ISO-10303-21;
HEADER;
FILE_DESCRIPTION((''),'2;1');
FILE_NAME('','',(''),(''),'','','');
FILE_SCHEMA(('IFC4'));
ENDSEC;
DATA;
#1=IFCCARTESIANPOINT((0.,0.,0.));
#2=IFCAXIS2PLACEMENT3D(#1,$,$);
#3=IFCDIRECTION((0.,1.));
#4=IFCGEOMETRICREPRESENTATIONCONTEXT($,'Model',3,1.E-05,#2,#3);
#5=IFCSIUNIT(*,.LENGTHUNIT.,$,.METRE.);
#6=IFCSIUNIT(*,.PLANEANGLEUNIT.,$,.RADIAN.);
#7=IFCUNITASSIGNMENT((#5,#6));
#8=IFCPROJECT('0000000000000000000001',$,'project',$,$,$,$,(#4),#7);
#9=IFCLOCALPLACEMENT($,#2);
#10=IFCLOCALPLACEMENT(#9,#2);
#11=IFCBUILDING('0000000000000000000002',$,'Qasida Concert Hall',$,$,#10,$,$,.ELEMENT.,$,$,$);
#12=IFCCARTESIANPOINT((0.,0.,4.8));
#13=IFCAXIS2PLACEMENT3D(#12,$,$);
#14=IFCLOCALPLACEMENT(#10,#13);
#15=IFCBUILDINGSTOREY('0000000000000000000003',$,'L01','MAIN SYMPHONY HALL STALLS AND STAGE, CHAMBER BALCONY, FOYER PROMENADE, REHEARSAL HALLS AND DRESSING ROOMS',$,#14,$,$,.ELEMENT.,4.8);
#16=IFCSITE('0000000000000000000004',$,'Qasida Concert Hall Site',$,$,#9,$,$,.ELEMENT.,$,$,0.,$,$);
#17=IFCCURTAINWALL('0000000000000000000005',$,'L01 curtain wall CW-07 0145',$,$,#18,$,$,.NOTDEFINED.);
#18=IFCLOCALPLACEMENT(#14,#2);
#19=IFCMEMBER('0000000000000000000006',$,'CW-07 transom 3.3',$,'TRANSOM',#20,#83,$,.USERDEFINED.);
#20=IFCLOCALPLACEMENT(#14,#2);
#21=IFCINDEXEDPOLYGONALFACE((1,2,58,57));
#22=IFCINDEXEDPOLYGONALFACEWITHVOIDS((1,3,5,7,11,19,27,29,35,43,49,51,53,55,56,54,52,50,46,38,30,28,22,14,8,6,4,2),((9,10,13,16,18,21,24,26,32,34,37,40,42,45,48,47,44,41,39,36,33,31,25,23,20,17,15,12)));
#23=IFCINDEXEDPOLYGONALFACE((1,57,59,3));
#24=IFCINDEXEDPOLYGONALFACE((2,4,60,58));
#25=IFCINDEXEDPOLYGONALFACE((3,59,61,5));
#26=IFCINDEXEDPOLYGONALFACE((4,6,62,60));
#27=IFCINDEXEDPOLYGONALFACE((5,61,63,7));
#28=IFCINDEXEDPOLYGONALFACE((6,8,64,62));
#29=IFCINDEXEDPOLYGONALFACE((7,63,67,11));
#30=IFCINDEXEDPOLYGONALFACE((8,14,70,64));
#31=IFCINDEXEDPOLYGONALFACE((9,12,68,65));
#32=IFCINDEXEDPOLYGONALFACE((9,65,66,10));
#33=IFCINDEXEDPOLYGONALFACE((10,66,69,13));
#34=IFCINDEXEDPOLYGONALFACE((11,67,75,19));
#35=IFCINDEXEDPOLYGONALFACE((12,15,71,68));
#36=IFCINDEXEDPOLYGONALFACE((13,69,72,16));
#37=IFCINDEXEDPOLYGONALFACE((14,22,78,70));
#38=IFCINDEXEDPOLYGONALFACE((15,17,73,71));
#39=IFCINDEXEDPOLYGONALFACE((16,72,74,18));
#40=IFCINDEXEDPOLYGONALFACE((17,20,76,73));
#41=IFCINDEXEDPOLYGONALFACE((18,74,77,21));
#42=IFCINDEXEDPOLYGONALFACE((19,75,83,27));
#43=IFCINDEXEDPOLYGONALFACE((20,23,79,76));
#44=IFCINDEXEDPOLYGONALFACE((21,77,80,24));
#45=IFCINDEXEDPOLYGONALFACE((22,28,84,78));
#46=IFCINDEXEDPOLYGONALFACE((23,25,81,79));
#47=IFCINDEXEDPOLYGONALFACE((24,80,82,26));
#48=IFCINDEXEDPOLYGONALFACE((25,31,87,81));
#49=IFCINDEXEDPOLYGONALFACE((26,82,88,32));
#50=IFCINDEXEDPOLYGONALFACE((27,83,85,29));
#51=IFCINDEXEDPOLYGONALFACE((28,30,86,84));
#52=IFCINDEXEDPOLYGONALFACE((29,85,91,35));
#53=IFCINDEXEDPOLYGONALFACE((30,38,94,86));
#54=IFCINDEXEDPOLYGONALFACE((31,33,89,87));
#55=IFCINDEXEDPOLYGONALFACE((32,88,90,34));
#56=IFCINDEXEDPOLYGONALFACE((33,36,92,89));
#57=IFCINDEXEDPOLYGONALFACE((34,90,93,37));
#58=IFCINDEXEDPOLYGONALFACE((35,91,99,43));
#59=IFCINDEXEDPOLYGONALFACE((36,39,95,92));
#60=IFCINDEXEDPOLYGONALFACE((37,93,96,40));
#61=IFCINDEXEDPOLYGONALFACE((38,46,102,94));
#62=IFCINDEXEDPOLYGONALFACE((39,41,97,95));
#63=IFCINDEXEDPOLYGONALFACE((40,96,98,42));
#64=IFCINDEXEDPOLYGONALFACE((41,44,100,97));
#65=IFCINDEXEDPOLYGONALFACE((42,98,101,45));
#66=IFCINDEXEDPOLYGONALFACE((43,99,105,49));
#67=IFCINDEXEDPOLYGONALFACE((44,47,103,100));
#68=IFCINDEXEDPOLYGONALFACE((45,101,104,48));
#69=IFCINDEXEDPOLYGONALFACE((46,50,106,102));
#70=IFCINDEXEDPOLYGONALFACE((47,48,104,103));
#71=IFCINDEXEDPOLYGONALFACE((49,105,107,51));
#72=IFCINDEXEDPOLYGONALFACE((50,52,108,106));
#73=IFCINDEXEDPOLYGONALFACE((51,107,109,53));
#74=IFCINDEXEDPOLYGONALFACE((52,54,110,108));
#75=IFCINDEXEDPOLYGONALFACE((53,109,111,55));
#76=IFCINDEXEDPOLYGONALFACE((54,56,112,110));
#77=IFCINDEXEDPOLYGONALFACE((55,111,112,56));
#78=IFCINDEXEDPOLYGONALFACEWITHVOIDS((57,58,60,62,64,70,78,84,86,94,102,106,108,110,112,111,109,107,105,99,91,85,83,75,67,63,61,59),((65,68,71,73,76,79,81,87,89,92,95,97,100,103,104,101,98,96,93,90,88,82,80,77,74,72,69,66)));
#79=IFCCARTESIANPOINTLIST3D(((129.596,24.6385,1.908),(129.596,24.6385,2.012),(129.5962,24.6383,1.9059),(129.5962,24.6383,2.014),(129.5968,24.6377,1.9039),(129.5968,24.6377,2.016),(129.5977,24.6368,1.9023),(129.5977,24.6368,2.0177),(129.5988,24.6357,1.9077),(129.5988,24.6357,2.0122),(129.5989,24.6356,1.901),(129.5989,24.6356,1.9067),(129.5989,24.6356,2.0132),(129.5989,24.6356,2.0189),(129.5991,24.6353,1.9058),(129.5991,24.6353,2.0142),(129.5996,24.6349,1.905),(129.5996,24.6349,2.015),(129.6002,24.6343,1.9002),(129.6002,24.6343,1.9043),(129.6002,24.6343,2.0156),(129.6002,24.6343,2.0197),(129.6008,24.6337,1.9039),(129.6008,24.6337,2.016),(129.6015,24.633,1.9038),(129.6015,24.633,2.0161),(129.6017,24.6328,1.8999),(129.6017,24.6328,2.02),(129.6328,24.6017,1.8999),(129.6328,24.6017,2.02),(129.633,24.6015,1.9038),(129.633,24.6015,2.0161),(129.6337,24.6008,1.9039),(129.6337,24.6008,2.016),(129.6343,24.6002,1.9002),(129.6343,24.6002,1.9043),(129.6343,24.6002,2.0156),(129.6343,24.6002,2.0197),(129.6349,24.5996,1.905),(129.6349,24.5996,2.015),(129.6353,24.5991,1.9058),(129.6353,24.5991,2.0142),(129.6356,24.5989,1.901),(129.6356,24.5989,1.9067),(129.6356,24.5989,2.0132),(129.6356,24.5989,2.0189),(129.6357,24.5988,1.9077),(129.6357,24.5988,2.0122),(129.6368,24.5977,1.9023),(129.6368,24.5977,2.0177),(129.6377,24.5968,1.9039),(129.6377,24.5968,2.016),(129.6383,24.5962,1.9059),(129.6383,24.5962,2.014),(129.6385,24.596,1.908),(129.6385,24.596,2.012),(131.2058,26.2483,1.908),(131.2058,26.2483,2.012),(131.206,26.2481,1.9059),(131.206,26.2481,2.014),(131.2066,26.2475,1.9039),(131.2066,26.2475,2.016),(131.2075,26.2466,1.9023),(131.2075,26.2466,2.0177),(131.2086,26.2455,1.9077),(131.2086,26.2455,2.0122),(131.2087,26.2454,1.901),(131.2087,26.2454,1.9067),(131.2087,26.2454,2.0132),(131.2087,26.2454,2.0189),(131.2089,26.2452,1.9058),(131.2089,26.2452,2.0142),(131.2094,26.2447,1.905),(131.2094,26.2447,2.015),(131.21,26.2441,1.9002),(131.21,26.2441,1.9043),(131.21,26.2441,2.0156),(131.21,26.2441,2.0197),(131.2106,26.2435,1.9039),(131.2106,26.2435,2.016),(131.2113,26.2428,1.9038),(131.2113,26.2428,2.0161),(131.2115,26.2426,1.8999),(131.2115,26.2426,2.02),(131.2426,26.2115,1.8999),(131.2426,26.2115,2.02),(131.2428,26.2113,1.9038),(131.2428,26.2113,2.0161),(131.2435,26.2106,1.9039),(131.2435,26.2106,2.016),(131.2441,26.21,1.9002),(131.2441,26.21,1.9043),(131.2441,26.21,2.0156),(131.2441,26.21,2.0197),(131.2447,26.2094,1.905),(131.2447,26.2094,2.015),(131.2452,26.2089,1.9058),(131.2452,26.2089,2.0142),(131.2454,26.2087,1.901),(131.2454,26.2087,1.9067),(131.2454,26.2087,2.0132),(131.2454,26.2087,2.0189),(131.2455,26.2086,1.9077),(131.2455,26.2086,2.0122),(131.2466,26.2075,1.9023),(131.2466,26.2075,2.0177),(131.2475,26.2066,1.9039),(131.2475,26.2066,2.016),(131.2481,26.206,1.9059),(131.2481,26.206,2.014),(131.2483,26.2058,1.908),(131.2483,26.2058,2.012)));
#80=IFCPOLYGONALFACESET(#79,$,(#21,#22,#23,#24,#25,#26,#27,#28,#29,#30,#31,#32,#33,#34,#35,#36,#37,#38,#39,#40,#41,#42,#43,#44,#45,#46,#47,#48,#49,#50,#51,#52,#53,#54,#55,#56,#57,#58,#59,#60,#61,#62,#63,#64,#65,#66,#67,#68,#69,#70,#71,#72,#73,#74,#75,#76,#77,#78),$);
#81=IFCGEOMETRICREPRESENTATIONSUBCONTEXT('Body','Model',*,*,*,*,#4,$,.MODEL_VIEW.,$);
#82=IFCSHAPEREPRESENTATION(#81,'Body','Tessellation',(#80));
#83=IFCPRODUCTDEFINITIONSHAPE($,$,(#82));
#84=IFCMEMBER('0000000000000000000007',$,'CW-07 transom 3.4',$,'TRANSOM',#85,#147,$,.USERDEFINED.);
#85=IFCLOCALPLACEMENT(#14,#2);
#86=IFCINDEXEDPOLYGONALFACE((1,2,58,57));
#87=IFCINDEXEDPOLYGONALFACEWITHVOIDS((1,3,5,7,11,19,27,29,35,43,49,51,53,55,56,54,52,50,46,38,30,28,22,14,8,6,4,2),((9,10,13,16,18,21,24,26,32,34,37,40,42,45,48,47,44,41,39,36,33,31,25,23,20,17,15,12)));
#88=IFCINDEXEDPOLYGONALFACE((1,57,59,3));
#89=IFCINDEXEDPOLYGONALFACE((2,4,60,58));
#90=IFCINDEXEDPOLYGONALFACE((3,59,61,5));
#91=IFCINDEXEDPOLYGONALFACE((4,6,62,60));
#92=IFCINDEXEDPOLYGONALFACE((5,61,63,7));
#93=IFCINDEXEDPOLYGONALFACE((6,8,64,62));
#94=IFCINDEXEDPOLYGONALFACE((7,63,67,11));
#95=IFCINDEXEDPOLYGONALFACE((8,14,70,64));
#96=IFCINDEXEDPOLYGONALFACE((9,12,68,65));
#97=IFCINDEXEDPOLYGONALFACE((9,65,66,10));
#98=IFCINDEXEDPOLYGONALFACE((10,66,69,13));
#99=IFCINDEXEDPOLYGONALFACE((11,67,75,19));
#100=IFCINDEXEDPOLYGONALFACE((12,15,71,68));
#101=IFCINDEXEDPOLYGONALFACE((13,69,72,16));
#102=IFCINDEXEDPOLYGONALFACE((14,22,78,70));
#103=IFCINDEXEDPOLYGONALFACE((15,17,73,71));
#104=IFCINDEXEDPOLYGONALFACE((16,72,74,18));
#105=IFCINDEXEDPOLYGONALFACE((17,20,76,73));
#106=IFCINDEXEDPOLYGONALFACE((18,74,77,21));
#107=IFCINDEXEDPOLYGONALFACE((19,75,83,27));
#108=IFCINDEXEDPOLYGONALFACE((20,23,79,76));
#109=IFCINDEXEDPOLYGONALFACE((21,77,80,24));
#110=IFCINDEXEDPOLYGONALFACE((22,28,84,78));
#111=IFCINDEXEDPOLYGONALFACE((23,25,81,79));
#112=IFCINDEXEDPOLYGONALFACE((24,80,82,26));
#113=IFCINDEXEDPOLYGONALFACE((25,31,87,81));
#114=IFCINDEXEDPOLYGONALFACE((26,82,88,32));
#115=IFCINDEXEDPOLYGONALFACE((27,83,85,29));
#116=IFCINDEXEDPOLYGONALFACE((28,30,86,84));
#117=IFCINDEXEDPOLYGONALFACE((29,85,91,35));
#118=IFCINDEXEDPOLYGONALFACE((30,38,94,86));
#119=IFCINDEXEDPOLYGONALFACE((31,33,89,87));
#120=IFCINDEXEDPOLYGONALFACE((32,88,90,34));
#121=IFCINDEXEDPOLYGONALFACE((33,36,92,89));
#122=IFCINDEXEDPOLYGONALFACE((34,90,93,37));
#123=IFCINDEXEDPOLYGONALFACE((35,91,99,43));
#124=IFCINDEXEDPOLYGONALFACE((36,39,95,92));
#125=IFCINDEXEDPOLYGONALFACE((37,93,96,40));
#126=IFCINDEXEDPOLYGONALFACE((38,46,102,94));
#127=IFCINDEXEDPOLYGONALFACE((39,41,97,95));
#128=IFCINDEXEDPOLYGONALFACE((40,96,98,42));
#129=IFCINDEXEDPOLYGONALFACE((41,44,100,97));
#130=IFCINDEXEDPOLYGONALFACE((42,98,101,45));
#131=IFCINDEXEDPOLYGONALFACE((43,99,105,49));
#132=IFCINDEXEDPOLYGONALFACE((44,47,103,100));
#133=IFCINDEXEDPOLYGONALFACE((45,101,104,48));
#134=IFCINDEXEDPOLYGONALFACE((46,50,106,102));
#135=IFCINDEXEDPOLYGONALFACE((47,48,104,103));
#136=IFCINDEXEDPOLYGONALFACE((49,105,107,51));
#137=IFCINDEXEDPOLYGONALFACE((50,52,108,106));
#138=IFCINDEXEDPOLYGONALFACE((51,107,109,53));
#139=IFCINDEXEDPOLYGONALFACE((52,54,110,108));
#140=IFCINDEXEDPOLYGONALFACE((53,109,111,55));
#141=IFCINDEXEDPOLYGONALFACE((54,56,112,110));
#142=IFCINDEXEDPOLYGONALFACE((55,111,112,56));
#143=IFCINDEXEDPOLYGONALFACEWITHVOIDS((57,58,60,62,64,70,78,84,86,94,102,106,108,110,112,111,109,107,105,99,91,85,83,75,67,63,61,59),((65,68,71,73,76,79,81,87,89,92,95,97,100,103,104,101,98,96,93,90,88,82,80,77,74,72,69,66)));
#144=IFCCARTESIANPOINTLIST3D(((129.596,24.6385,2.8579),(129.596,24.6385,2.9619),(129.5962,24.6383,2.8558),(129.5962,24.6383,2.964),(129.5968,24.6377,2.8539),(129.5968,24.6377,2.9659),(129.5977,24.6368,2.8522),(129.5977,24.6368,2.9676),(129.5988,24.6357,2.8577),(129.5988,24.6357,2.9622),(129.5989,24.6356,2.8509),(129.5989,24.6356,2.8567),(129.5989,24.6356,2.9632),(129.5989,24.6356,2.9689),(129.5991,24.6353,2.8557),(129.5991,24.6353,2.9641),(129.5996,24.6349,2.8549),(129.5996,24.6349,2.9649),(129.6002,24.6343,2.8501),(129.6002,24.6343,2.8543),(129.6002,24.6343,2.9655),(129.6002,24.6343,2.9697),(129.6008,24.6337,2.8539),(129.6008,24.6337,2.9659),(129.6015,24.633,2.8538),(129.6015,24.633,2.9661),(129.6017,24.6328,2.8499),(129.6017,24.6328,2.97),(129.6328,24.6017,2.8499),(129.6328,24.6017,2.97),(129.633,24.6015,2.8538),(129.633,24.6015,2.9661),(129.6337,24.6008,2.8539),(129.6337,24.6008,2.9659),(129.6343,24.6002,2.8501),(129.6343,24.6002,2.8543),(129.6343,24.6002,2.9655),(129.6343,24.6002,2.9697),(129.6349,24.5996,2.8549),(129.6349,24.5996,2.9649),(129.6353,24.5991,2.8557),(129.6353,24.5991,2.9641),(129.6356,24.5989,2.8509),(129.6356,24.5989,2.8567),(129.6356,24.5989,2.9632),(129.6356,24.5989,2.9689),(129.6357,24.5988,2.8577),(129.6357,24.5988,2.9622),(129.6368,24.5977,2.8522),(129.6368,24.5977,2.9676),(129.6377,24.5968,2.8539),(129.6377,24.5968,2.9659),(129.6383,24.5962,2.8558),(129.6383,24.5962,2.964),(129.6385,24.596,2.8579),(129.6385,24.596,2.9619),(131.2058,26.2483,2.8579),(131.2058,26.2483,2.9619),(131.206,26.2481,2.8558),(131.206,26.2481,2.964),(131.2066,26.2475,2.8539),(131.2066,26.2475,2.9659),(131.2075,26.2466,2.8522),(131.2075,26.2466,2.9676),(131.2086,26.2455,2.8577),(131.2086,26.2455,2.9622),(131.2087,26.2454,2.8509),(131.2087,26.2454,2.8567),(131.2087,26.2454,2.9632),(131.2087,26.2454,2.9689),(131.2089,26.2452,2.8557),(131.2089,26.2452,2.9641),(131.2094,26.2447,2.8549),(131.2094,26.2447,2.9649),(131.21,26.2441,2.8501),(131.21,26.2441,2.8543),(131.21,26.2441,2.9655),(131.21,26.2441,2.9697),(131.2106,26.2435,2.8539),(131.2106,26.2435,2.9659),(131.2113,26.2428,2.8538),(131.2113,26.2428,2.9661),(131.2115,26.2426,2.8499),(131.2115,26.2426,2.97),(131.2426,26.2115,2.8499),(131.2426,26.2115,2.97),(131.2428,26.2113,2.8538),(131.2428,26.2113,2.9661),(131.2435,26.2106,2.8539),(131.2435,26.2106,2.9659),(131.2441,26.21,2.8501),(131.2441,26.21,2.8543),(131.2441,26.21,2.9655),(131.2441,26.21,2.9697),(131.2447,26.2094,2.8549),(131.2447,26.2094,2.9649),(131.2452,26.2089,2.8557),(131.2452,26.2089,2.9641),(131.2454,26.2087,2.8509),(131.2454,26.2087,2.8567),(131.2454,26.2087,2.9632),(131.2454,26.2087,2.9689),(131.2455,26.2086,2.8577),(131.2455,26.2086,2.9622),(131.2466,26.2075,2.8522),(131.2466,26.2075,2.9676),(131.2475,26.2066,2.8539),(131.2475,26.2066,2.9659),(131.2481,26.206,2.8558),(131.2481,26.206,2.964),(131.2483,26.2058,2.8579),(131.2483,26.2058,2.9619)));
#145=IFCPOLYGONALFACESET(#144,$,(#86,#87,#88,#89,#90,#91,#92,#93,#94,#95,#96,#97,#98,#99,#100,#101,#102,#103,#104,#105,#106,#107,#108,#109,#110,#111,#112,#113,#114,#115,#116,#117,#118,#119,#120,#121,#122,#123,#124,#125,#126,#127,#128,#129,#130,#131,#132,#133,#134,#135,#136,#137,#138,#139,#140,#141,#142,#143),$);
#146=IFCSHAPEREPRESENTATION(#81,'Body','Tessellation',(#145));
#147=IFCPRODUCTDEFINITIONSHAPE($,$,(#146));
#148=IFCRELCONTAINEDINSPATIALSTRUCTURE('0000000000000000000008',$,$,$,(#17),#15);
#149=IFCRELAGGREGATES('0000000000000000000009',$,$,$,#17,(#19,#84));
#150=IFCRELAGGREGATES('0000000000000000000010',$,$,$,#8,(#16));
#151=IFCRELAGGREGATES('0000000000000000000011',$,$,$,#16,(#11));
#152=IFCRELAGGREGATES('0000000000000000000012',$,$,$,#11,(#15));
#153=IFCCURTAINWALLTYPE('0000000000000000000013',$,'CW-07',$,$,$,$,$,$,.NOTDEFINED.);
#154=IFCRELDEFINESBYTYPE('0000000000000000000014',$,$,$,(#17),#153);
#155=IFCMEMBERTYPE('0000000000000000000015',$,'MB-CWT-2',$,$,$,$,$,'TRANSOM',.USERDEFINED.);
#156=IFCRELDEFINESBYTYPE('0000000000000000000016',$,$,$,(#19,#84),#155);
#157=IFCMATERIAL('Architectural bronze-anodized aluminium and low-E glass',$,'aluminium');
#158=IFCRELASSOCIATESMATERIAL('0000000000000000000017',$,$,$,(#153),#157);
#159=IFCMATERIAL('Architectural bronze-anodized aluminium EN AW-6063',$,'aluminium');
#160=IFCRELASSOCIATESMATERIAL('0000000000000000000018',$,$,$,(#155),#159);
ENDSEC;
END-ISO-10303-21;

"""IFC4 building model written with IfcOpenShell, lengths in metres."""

from ifc_helpers import new_model, si_unit, direction, frame, origin, origin_2d, place, context, subcontext, project, spatial, hollow_rectangle, extrude, material, material_profile, profile_set, type_object, element, aggregate, save


model = new_model("IFC4")

# Units and contexts
model_context = context("Model", 3, precision=1e-05, world=origin(), true_north=direction((0.0, 1.0)))
body_context = subcontext(model_context, "Body", "Model", "MODEL_VIEW")
ifc_project = project(units=[si_unit("LENGTHUNIT", "METRE"), si_unit("PLANEANGLEUNIT", "RADIAN")], contexts=[model_context])

# Site, building, storey
site_placement = place(None, origin())
site = spatial("IfcSite", under=ifc_project, at=site_placement, Name="Qasida Concert Hall Site", CompositionType="ELEMENT", RefElevation=0.0)
building_placement = place(site_placement, origin())
building = spatial("IfcBuilding", under=site, at=building_placement, Name="Qasida Concert Hall", CompositionType="ELEMENT")
storey_placement = place(building_placement, frame((0.0, 0.0, 4.8)))
storey = spatial("IfcBuildingStorey", under=building, at=storey_placement, Name="L01", Description="MAIN SYMPHONY HALL STALLS AND STAGE, CHAMBER BALCONY, FOYER PROMENADE, REHEARSAL HALLS AND DRESSING ROOMS", CompositionType="ELEMENT", Elevation=4.8)

# Curtain wall, members
ifc_material_1 = material(Name="Architectural bronze-anodized aluminium and low-E glass", Category="aluminium")
curtain_wall_type = type_object("IfcCurtainWallType", Name="CW-07", PredefinedType="NOTDEFINED", material=ifc_material_1)
curtain_wall_placement = place(storey_placement, origin())
curtain_wall = element("IfcCurtainWall", 1, at=curtain_wall_placement, inside=storey, type_object=curtain_wall_type, Name="L01 curtain wall CW-07 0145", PredefinedType="NOTDEFINED")
ifc_material_2 = material(Name="Architectural bronze-anodized aluminium EN AW-6063", Category="aluminium")
ifc_material_profile_1 = material_profile(ifc_material_2, hollow_rectangle(XDim=0.0601, YDim=0.1201, WallThickness=0.0039, InnerFilletRadius=0.0039, OuterFilletRadius=0.0081, at=origin_2d()), Name="CWT 120x60x4")
ifc_profile_set_1 = profile_set([ifc_material_profile_1], Name="Architectural bronze-anodized aluminium EN AW-6063")
member_type_1 = type_object("IfcMemberType", Name="MB-CWT-2", ElementType="TRANSOM", PredefinedType="USERDEFINED", material=ifc_profile_set_1)
member_1_placement = place(storey_placement, frame((131.2271, 26.2271, 1.96), z_axis=(-0.707107, -0.707107, 0.0), x_axis=(0.707107, -0.707107, 0.0)))
member_1 = element("IfcMember", 2, at=member_1_placement, type_object=member_type_1, Name="CW-07 transom 3.3", ObjectType="TRANSOM", PredefinedType="USERDEFINED", context=body_context, shape_type="SweptSolid", body=[
    extrude(hollow_rectangle(XDim=0.0601, YDim=0.1201, WallThickness=0.0039, InnerFilletRadius=0.0039, OuterFilletRadius=0.0081, at=origin_2d()), origin(), (0.0, 0.0, 1.0), 2.2766),
])
member_2_placement = place(storey_placement, frame((131.2271, 26.2271, 2.9099), z_axis=(-0.707107, -0.707107, 0.0), x_axis=(0.707107, -0.707107, 0.0)))
member_2 = element("IfcMember", 3, at=member_2_placement, type_object=member_type_1, Name="CW-07 transom 3.4", ObjectType="TRANSOM", PredefinedType="USERDEFINED", context=body_context, shape_type="SweptSolid", body=[
    extrude(hollow_rectangle(XDim=0.0601, YDim=0.1201, WallThickness=0.0039, InnerFilletRadius=0.0039, OuterFilletRadius=0.0081, at=origin_2d()), origin(), (0.0, 0.0, 1.0), 2.2766),
])
aggregate(curtain_wall, [member_1, member_2])

save(model, "model.ifc")
